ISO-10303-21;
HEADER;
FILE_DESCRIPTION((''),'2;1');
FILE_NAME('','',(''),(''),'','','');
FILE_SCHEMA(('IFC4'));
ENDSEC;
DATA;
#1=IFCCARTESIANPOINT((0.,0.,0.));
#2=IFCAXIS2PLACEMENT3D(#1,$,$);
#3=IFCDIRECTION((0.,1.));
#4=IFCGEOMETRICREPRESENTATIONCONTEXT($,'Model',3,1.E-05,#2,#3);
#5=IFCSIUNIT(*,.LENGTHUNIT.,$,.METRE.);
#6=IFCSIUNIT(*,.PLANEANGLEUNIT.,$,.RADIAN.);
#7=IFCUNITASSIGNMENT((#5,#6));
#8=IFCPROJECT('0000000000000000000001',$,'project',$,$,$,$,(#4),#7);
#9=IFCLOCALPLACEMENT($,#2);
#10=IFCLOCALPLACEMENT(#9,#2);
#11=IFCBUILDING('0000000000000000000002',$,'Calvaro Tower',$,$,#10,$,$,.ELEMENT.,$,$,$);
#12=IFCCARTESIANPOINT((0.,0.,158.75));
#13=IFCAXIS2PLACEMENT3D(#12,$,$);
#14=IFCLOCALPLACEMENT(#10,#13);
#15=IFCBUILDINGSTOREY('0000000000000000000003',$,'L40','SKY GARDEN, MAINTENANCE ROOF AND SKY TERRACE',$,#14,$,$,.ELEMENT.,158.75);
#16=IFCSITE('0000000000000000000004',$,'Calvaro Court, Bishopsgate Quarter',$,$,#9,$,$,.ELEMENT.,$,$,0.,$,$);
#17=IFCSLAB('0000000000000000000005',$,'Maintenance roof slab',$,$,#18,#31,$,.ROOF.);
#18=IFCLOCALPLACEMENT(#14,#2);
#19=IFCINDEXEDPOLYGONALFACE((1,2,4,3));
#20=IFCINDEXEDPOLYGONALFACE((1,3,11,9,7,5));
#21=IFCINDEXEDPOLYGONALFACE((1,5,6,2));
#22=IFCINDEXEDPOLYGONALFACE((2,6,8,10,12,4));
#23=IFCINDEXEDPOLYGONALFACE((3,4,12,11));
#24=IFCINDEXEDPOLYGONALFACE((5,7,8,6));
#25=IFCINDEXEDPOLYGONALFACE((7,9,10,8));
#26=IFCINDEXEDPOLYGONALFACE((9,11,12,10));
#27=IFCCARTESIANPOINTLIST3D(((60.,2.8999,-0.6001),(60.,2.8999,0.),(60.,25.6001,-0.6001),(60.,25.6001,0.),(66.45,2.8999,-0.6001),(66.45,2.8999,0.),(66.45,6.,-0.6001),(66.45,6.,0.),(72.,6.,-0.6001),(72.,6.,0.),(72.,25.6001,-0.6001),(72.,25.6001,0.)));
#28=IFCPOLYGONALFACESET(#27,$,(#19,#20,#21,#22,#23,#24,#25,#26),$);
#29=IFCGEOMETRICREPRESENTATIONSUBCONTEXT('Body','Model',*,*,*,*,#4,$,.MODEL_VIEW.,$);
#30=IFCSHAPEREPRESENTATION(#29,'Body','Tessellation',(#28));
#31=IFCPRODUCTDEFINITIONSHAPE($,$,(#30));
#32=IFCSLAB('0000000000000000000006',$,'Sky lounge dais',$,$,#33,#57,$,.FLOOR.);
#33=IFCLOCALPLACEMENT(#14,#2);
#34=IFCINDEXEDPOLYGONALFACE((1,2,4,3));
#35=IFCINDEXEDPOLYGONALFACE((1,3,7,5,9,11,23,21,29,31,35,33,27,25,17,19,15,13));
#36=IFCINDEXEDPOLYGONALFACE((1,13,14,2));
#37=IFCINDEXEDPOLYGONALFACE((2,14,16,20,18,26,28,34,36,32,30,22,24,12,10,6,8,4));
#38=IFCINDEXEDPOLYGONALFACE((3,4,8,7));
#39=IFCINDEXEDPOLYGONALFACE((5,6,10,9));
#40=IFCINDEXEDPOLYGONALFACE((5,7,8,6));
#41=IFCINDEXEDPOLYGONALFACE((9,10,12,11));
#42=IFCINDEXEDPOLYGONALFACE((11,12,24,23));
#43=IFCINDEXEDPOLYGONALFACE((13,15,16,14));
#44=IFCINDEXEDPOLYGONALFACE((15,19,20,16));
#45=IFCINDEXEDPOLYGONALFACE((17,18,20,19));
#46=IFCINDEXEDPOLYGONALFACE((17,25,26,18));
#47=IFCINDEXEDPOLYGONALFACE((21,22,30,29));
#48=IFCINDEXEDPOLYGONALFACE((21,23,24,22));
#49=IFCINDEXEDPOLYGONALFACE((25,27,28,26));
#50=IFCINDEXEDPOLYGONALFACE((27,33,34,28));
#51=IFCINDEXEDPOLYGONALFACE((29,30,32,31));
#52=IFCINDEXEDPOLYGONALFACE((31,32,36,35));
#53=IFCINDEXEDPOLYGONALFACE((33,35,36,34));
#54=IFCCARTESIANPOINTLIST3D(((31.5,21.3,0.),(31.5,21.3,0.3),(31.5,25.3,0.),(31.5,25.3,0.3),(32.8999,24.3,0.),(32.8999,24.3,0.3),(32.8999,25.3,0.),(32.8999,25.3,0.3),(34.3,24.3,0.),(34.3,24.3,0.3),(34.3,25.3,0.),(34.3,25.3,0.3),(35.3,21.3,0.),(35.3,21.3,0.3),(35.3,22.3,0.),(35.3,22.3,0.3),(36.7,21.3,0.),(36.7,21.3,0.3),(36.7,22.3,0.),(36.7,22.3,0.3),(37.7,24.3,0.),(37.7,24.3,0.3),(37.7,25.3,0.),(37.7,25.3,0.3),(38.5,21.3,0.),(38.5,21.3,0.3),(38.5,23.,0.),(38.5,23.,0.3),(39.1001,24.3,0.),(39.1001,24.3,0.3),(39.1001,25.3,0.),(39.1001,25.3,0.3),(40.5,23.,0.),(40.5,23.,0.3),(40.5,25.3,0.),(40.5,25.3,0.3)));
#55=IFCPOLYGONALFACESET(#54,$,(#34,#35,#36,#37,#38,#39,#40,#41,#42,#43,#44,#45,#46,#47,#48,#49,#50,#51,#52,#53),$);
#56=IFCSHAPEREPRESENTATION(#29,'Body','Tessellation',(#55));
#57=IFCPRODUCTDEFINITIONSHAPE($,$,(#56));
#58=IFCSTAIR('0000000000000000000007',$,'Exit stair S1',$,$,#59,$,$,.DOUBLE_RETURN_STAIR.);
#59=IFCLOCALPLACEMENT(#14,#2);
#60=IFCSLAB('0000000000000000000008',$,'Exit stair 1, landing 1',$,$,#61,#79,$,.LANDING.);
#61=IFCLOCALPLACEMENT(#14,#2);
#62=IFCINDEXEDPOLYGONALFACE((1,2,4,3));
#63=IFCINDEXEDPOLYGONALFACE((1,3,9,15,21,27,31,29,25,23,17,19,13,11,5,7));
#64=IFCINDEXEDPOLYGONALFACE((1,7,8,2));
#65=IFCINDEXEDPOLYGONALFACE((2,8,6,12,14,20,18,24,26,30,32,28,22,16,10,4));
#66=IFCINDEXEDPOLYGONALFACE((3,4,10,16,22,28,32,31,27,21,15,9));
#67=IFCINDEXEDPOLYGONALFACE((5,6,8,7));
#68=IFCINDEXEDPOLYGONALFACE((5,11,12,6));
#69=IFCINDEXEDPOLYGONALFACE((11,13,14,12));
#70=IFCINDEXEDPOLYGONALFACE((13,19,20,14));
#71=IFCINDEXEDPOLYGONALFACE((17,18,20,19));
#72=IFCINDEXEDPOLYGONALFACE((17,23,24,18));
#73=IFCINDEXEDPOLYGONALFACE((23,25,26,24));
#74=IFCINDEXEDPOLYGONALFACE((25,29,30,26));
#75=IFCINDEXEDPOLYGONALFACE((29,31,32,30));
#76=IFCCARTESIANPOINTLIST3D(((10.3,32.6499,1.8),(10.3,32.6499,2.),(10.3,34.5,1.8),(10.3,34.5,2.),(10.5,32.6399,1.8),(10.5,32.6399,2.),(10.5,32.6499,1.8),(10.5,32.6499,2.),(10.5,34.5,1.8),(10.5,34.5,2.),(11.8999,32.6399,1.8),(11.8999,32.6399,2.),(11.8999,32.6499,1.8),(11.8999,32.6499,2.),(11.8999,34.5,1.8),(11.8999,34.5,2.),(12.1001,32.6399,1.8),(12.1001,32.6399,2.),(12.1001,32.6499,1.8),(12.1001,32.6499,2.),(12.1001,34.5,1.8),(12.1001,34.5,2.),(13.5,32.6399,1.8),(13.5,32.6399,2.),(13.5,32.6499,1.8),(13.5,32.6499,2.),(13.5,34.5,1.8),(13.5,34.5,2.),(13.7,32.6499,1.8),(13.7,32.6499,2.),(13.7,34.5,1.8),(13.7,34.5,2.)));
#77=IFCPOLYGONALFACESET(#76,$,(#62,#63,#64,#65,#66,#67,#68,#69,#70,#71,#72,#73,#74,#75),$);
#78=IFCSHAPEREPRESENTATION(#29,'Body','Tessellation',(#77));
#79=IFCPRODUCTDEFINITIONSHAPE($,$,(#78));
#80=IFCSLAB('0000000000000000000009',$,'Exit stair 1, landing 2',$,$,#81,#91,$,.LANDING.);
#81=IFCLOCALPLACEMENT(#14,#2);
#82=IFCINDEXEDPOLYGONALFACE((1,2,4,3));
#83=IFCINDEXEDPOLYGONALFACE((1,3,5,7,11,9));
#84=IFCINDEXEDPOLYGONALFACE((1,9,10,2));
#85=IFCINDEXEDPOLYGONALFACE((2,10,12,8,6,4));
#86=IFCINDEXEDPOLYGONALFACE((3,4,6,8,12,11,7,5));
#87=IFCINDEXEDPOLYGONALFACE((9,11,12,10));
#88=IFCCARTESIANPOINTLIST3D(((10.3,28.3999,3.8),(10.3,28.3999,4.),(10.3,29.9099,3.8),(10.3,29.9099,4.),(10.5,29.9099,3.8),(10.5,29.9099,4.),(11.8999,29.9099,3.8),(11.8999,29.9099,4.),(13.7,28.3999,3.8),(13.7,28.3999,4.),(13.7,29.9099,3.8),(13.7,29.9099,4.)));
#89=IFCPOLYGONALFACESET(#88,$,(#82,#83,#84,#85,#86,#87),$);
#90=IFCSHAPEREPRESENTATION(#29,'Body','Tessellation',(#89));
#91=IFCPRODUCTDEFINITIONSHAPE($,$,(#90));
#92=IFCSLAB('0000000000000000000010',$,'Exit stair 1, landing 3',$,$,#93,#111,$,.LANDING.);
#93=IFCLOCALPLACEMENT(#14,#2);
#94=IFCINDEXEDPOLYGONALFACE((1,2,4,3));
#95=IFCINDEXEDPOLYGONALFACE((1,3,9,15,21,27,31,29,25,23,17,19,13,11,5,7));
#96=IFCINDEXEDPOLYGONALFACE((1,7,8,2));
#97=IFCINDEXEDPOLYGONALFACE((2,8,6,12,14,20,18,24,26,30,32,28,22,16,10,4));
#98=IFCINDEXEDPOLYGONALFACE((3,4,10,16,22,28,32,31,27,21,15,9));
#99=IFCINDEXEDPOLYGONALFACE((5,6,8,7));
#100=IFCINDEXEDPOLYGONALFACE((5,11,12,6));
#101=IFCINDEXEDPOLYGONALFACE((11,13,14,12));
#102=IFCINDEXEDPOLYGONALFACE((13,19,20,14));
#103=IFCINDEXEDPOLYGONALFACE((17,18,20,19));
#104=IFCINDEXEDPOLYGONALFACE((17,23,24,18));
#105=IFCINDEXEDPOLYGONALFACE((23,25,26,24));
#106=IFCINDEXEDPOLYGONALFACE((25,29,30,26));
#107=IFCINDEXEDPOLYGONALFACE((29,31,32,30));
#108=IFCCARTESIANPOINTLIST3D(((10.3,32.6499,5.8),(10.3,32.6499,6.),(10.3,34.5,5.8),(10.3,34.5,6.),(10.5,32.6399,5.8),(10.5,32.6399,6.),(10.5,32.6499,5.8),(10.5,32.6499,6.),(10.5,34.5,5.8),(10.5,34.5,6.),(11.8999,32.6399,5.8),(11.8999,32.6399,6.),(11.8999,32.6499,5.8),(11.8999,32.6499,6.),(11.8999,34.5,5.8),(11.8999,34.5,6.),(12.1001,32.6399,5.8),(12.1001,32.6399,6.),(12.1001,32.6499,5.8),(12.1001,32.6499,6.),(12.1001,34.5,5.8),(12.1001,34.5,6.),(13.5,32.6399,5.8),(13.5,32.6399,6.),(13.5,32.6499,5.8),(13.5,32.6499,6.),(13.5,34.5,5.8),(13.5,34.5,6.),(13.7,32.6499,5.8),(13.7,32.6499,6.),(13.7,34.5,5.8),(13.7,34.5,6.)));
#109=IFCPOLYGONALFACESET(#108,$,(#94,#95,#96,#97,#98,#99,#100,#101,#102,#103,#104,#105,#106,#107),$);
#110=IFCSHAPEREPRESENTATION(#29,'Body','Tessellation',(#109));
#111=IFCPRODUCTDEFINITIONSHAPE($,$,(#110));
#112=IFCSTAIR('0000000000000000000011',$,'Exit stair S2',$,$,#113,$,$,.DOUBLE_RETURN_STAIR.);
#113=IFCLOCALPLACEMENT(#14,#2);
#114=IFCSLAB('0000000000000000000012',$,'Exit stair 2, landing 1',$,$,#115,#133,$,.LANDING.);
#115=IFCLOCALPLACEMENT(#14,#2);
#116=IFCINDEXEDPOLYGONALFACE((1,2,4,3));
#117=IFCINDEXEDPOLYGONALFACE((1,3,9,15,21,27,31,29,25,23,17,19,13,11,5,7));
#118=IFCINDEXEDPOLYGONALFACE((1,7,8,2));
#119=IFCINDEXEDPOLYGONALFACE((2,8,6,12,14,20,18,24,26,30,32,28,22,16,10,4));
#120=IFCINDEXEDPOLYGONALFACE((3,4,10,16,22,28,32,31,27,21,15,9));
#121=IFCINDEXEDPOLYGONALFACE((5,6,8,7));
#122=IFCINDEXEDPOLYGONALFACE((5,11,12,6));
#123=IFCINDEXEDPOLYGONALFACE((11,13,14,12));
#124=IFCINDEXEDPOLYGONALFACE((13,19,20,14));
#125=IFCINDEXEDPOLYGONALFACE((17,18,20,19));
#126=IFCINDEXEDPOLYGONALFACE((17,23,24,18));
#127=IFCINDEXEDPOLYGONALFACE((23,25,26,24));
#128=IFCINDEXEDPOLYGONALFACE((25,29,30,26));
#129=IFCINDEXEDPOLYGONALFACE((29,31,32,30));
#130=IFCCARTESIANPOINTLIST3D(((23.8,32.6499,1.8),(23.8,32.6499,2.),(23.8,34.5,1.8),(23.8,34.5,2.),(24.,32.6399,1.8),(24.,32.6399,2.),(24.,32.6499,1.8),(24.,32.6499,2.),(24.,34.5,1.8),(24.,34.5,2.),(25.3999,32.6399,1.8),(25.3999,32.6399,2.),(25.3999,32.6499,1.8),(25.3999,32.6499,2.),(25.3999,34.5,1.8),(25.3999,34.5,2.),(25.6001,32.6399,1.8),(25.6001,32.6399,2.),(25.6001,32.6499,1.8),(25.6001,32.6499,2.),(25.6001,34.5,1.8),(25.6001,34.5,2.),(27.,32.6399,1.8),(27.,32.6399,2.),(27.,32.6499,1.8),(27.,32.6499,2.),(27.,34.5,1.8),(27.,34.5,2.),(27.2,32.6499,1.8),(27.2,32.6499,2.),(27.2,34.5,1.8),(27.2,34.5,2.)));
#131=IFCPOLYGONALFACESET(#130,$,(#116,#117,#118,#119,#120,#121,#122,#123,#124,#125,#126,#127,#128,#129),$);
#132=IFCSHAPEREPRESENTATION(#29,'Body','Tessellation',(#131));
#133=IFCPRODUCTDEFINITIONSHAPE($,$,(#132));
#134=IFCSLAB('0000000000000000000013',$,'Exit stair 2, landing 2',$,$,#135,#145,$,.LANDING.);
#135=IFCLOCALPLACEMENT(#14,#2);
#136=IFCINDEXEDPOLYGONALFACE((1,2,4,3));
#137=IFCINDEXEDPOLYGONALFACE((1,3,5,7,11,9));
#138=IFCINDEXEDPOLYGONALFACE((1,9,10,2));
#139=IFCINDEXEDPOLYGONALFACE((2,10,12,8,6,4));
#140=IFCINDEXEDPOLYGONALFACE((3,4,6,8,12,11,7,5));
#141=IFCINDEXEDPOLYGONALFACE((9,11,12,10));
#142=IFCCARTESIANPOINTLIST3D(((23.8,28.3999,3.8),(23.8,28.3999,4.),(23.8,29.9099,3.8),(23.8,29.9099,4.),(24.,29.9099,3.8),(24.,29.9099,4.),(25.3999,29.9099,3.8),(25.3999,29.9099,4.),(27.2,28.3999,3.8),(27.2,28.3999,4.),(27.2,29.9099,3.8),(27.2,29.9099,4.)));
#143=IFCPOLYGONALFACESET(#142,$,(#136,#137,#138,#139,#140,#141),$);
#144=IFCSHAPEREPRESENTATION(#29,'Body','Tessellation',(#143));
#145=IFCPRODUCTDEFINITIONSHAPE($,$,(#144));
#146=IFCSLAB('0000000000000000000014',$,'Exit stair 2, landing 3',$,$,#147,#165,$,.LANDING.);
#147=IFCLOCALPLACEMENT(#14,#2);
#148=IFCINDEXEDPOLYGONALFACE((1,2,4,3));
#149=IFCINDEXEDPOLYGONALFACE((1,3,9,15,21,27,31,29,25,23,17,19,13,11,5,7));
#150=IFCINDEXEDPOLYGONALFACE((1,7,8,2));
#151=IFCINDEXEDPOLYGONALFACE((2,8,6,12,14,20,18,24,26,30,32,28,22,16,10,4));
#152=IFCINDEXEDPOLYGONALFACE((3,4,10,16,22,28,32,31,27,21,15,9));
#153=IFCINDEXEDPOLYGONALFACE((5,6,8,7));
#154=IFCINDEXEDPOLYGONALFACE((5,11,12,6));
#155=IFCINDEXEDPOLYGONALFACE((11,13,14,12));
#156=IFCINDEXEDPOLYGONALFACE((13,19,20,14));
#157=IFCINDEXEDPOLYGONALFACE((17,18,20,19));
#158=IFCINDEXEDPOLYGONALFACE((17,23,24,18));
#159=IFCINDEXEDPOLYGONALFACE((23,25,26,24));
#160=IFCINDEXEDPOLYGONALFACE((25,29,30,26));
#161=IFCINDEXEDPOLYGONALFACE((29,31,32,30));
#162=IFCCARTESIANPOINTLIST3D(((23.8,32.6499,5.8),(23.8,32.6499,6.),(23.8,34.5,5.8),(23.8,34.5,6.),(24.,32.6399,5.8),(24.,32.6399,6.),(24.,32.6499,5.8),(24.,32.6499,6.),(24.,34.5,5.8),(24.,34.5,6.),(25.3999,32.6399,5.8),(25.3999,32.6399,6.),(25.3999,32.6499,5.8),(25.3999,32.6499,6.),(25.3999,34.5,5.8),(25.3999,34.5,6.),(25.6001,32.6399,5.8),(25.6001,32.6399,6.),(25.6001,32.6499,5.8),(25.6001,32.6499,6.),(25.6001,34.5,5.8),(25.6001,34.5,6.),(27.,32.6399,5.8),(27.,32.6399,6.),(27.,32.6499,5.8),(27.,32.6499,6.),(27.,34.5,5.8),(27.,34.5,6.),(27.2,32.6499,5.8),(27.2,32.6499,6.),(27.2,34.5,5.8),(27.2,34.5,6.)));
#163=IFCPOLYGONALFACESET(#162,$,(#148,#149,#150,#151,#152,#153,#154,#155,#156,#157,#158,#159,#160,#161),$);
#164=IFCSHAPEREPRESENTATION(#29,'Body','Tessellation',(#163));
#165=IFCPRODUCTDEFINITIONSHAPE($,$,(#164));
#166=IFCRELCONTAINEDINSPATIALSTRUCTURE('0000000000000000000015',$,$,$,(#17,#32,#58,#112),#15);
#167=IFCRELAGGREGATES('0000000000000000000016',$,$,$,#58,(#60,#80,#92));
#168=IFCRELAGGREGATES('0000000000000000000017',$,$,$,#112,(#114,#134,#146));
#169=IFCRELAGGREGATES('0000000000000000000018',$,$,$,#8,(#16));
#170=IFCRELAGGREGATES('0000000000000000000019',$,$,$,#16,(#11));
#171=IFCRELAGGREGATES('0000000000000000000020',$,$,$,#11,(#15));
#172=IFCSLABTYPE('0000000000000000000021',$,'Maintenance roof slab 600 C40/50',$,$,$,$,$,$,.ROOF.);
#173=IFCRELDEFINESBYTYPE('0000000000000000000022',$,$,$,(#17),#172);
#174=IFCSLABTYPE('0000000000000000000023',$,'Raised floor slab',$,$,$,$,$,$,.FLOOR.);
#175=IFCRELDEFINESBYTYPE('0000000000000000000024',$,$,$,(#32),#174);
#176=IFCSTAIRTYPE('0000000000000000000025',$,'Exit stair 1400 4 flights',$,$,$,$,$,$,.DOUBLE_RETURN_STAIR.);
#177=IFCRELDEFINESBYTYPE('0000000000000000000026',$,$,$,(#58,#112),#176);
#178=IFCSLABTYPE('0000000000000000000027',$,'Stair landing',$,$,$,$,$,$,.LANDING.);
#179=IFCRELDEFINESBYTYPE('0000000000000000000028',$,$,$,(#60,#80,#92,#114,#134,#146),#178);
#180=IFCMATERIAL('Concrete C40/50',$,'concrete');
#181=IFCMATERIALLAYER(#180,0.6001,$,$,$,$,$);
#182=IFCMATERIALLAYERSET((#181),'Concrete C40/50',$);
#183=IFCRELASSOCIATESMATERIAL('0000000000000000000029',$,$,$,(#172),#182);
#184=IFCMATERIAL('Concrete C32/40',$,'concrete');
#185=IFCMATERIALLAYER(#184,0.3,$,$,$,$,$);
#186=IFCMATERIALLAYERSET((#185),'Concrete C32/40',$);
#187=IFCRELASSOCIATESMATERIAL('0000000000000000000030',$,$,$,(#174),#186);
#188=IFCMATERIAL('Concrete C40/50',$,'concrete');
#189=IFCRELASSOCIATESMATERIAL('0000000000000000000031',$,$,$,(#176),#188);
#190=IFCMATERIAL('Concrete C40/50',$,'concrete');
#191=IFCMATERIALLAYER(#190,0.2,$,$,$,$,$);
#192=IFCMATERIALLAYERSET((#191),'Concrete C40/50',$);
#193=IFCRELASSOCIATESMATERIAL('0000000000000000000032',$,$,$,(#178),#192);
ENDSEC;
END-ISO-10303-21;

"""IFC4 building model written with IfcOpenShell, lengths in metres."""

from ifc_helpers import new_model, si_unit, direction, frame, origin, place, context, subcontext, project, spatial, polyline, outline, extrude, material, layer, layer_set, type_object, element, aggregate, save


model = new_model("IFC4")

# Units and contexts
model_context = context("Model", 3, precision=1e-05, world=origin(), true_north=direction((0.0, 1.0)))
body_context = subcontext(model_context, "Body", "Model", "MODEL_VIEW")
ifc_project = project(units=[si_unit("LENGTHUNIT", "METRE"), si_unit("PLANEANGLEUNIT", "RADIAN")], contexts=[model_context])

# Site, building, storey
site_placement = place(None, origin())
site = spatial("IfcSite", under=ifc_project, at=site_placement, Name="Calvaro Court, Bishopsgate Quarter", CompositionType="ELEMENT", RefElevation=0.0)
building_placement = place(site_placement, origin())
building = spatial("IfcBuilding", under=site, at=building_placement, Name="Calvaro Tower", CompositionType="ELEMENT")
storey_placement = place(building_placement, frame((0.0, 0.0, 158.75)))
storey = spatial("IfcBuildingStorey", under=building, at=storey_placement, Name="L40", Description="SKY GARDEN, MAINTENANCE ROOF AND SKY TERRACE", CompositionType="ELEMENT", Elevation=158.75)

# Slabs
ifc_material_1 = material(Name="Concrete C40/50", Category="concrete")
ifc_layer_1 = layer(ifc_material_1, 0.6001)
ifc_layer_set_1 = layer_set([ifc_layer_1], Name="Concrete C40/50")
slab_type_1 = type_object("IfcSlabType", Name="Maintenance roof slab 600 C40/50", PredefinedType="ROOF", material=ifc_layer_set_1)
slab_1_placement = place(storey_placement, frame((0.0, 0.0, -0.6001)))
element("IfcSlab", 1, at=slab_1_placement, inside=storey, type_object=slab_type_1, Name="Maintenance roof slab", PredefinedType="ROOF", context=body_context, shape_type="SweptSolid", body=[
    extrude(outline(polyline([(72.0, 25.6001), (72.0, 6.0), (66.45, 6.0), (66.45, 2.8999), (60.0, 2.8999), (60.0, 25.6001), (72.0, 25.6001)])), origin(), (0.0, 0.0, 1.0), 0.6001),
])
ifc_material_2 = material(Name="Concrete C32/40", Category="concrete")
ifc_layer_2 = layer(ifc_material_2, 0.3)
ifc_layer_set_2 = layer_set([ifc_layer_2], Name="Concrete C32/40")
slab_type_2 = type_object("IfcSlabType", Name="Raised floor slab", PredefinedType="FLOOR", material=ifc_layer_set_2)
slab_2_placement = place(storey_placement, origin())
element("IfcSlab", 2, at=slab_2_placement, inside=storey, type_object=slab_type_2, Name="Sky lounge dais", PredefinedType="FLOOR", context=body_context, shape_type="SweptSolid", body=[
    extrude(outline(polyline([(32.8999, 25.3), (32.8999, 24.3), (34.3, 24.3), (34.3, 25.3), (37.7, 25.3), (37.7, 24.3), (39.1001, 24.3), (39.1001, 25.3), (40.5, 25.3), (40.5, 23.0), (38.5, 23.0), (38.5, 21.3), (36.7, 21.3), (36.7, 22.3), (35.3, 22.3), (35.3, 21.3), (31.5, 21.3), (31.5, 25.3), (32.8999, 25.3)])), origin(), (0.0, 0.0, 1.0), 0.3),
])

# Stairs, slabs
ifc_material_3 = material(Name="Concrete C40/50", Category="concrete")
stair_type = type_object("IfcStairType", Name="Exit stair 1400 4 flights", PredefinedType="DOUBLE_RETURN_STAIR", material=ifc_material_3)
stair_1_placement = place(storey_placement, origin())
stair_1 = element("IfcStair", 3, at=stair_1_placement, inside=storey, type_object=stair_type, Name="Exit stair S1", PredefinedType="DOUBLE_RETURN_STAIR")
ifc_material_4 = material(Name="Concrete C40/50", Category="concrete")
ifc_layer_3 = layer(ifc_material_4, 0.2)
ifc_layer_set_3 = layer_set([ifc_layer_3], Name="Concrete C40/50")
slab_type_3 = type_object("IfcSlabType", Name="Stair landing", PredefinedType="LANDING", material=ifc_layer_set_3)
slab_3_placement = place(storey_placement, frame((0.0, 0.0, 1.8)))
slab_3 = element("IfcSlab", 4, at=slab_3_placement, type_object=slab_type_3, Name="Exit stair 1, landing 1", PredefinedType="LANDING", context=body_context, shape_type="SweptSolid", body=[
    extrude(outline(polyline([(11.8999, 32.6399), (10.5, 32.6399), (10.5, 32.6499), (10.3, 32.6499), (10.3, 34.5), (10.5, 34.5), (11.8999, 34.5), (12.1001, 34.5), (13.5, 34.5), (13.7, 34.5), (13.7, 32.6499), (13.5, 32.6499), (13.5, 32.6399), (12.1001, 32.6399), (12.1001, 32.6499), (11.8999, 32.6499), (11.8999, 32.6399)])), origin(), (0.0, 0.0, 1.0), 0.2),
])
slab_4_placement = place(storey_placement, frame((0.0, 0.0, 3.8)))
slab_4 = element("IfcSlab", 5, at=slab_4_placement, type_object=slab_type_3, Name="Exit stair 1, landing 2", PredefinedType="LANDING", context=body_context, shape_type="SweptSolid", body=[
    extrude(outline(polyline([(13.7, 29.9099), (13.7, 28.3999), (10.3, 28.3999), (10.3, 29.9099), (10.5, 29.9099), (11.8999, 29.9099), (13.7, 29.9099)])), origin(), (0.0, 0.0, 1.0), 0.2),
])
slab_5_placement = place(storey_placement, frame((0.0, 0.0, 5.8)))
slab_5 = element("IfcSlab", 6, at=slab_5_placement, type_object=slab_type_3, Name="Exit stair 1, landing 3", PredefinedType="LANDING", context=body_context, shape_type="SweptSolid", body=[
    extrude(outline(polyline([(11.8999, 32.6399), (10.5, 32.6399), (10.5, 32.6499), (10.3, 32.6499), (10.3, 34.5), (10.5, 34.5), (11.8999, 34.5), (12.1001, 34.5), (13.5, 34.5), (13.7, 34.5), (13.7, 32.6499), (13.5, 32.6499), (13.5, 32.6399), (12.1001, 32.6399), (12.1001, 32.6499), (11.8999, 32.6499), (11.8999, 32.6399)])), origin(), (0.0, 0.0, 1.0), 0.2),
])
aggregate(stair_1, [slab_3, slab_4, slab_5])
stair_2_placement = place(storey_placement, origin())
stair_2 = element("IfcStair", 7, at=stair_2_placement, inside=storey, type_object=stair_type, Name="Exit stair S2", PredefinedType="DOUBLE_RETURN_STAIR")
slab_6_placement = place(storey_placement, frame((0.0, 0.0, 1.8)))
slab_6 = element("IfcSlab", 8, at=slab_6_placement, type_object=slab_type_3, Name="Exit stair 2, landing 1", PredefinedType="LANDING", context=body_context, shape_type="SweptSolid", body=[
    extrude(outline(polyline([(25.3999, 32.6399), (24.0, 32.6399), (24.0, 32.6499), (23.8, 32.6499), (23.8, 34.5), (24.0, 34.5), (25.3999, 34.5), (25.6001, 34.5), (27.0, 34.5), (27.2, 34.5), (27.2, 32.6499), (27.0, 32.6499), (27.0, 32.6399), (25.6001, 32.6399), (25.6001, 32.6499), (25.3999, 32.6499), (25.3999, 32.6399)])), origin(), (0.0, 0.0, 1.0), 0.2),
])
slab_7_placement = place(storey_placement, frame((0.0, 0.0, 3.8)))
slab_7 = element("IfcSlab", 9, at=slab_7_placement, type_object=slab_type_3, Name="Exit stair 2, landing 2", PredefinedType="LANDING", context=body_context, shape_type="SweptSolid", body=[
    extrude(outline(polyline([(27.2, 29.9099), (27.2, 28.3999), (23.8, 28.3999), (23.8, 29.9099), (24.0, 29.9099), (25.3999, 29.9099), (27.2, 29.9099)])), origin(), (0.0, 0.0, 1.0), 0.2),
])
slab_8_placement = place(storey_placement, frame((0.0, 0.0, 5.8)))
slab_8 = element("IfcSlab", 10, at=slab_8_placement, type_object=slab_type_3, Name="Exit stair 2, landing 3", PredefinedType="LANDING", context=body_context, shape_type="SweptSolid", body=[
    extrude(outline(polyline([(25.3999, 32.6399), (24.0, 32.6399), (24.0, 32.6499), (23.8, 32.6499), (23.8, 34.5), (24.0, 34.5), (25.3999, 34.5), (25.6001, 34.5), (27.0, 34.5), (27.2, 34.5), (27.2, 32.6499), (27.0, 32.6499), (27.0, 32.6399), (25.6001, 32.6399), (25.6001, 32.6499), (25.3999, 32.6499), (25.3999, 32.6399)])), origin(), (0.0, 0.0, 1.0), 0.2),
])
aggregate(stair_2, [slab_6, slab_7, slab_8])

save(model, "model.ifc")
